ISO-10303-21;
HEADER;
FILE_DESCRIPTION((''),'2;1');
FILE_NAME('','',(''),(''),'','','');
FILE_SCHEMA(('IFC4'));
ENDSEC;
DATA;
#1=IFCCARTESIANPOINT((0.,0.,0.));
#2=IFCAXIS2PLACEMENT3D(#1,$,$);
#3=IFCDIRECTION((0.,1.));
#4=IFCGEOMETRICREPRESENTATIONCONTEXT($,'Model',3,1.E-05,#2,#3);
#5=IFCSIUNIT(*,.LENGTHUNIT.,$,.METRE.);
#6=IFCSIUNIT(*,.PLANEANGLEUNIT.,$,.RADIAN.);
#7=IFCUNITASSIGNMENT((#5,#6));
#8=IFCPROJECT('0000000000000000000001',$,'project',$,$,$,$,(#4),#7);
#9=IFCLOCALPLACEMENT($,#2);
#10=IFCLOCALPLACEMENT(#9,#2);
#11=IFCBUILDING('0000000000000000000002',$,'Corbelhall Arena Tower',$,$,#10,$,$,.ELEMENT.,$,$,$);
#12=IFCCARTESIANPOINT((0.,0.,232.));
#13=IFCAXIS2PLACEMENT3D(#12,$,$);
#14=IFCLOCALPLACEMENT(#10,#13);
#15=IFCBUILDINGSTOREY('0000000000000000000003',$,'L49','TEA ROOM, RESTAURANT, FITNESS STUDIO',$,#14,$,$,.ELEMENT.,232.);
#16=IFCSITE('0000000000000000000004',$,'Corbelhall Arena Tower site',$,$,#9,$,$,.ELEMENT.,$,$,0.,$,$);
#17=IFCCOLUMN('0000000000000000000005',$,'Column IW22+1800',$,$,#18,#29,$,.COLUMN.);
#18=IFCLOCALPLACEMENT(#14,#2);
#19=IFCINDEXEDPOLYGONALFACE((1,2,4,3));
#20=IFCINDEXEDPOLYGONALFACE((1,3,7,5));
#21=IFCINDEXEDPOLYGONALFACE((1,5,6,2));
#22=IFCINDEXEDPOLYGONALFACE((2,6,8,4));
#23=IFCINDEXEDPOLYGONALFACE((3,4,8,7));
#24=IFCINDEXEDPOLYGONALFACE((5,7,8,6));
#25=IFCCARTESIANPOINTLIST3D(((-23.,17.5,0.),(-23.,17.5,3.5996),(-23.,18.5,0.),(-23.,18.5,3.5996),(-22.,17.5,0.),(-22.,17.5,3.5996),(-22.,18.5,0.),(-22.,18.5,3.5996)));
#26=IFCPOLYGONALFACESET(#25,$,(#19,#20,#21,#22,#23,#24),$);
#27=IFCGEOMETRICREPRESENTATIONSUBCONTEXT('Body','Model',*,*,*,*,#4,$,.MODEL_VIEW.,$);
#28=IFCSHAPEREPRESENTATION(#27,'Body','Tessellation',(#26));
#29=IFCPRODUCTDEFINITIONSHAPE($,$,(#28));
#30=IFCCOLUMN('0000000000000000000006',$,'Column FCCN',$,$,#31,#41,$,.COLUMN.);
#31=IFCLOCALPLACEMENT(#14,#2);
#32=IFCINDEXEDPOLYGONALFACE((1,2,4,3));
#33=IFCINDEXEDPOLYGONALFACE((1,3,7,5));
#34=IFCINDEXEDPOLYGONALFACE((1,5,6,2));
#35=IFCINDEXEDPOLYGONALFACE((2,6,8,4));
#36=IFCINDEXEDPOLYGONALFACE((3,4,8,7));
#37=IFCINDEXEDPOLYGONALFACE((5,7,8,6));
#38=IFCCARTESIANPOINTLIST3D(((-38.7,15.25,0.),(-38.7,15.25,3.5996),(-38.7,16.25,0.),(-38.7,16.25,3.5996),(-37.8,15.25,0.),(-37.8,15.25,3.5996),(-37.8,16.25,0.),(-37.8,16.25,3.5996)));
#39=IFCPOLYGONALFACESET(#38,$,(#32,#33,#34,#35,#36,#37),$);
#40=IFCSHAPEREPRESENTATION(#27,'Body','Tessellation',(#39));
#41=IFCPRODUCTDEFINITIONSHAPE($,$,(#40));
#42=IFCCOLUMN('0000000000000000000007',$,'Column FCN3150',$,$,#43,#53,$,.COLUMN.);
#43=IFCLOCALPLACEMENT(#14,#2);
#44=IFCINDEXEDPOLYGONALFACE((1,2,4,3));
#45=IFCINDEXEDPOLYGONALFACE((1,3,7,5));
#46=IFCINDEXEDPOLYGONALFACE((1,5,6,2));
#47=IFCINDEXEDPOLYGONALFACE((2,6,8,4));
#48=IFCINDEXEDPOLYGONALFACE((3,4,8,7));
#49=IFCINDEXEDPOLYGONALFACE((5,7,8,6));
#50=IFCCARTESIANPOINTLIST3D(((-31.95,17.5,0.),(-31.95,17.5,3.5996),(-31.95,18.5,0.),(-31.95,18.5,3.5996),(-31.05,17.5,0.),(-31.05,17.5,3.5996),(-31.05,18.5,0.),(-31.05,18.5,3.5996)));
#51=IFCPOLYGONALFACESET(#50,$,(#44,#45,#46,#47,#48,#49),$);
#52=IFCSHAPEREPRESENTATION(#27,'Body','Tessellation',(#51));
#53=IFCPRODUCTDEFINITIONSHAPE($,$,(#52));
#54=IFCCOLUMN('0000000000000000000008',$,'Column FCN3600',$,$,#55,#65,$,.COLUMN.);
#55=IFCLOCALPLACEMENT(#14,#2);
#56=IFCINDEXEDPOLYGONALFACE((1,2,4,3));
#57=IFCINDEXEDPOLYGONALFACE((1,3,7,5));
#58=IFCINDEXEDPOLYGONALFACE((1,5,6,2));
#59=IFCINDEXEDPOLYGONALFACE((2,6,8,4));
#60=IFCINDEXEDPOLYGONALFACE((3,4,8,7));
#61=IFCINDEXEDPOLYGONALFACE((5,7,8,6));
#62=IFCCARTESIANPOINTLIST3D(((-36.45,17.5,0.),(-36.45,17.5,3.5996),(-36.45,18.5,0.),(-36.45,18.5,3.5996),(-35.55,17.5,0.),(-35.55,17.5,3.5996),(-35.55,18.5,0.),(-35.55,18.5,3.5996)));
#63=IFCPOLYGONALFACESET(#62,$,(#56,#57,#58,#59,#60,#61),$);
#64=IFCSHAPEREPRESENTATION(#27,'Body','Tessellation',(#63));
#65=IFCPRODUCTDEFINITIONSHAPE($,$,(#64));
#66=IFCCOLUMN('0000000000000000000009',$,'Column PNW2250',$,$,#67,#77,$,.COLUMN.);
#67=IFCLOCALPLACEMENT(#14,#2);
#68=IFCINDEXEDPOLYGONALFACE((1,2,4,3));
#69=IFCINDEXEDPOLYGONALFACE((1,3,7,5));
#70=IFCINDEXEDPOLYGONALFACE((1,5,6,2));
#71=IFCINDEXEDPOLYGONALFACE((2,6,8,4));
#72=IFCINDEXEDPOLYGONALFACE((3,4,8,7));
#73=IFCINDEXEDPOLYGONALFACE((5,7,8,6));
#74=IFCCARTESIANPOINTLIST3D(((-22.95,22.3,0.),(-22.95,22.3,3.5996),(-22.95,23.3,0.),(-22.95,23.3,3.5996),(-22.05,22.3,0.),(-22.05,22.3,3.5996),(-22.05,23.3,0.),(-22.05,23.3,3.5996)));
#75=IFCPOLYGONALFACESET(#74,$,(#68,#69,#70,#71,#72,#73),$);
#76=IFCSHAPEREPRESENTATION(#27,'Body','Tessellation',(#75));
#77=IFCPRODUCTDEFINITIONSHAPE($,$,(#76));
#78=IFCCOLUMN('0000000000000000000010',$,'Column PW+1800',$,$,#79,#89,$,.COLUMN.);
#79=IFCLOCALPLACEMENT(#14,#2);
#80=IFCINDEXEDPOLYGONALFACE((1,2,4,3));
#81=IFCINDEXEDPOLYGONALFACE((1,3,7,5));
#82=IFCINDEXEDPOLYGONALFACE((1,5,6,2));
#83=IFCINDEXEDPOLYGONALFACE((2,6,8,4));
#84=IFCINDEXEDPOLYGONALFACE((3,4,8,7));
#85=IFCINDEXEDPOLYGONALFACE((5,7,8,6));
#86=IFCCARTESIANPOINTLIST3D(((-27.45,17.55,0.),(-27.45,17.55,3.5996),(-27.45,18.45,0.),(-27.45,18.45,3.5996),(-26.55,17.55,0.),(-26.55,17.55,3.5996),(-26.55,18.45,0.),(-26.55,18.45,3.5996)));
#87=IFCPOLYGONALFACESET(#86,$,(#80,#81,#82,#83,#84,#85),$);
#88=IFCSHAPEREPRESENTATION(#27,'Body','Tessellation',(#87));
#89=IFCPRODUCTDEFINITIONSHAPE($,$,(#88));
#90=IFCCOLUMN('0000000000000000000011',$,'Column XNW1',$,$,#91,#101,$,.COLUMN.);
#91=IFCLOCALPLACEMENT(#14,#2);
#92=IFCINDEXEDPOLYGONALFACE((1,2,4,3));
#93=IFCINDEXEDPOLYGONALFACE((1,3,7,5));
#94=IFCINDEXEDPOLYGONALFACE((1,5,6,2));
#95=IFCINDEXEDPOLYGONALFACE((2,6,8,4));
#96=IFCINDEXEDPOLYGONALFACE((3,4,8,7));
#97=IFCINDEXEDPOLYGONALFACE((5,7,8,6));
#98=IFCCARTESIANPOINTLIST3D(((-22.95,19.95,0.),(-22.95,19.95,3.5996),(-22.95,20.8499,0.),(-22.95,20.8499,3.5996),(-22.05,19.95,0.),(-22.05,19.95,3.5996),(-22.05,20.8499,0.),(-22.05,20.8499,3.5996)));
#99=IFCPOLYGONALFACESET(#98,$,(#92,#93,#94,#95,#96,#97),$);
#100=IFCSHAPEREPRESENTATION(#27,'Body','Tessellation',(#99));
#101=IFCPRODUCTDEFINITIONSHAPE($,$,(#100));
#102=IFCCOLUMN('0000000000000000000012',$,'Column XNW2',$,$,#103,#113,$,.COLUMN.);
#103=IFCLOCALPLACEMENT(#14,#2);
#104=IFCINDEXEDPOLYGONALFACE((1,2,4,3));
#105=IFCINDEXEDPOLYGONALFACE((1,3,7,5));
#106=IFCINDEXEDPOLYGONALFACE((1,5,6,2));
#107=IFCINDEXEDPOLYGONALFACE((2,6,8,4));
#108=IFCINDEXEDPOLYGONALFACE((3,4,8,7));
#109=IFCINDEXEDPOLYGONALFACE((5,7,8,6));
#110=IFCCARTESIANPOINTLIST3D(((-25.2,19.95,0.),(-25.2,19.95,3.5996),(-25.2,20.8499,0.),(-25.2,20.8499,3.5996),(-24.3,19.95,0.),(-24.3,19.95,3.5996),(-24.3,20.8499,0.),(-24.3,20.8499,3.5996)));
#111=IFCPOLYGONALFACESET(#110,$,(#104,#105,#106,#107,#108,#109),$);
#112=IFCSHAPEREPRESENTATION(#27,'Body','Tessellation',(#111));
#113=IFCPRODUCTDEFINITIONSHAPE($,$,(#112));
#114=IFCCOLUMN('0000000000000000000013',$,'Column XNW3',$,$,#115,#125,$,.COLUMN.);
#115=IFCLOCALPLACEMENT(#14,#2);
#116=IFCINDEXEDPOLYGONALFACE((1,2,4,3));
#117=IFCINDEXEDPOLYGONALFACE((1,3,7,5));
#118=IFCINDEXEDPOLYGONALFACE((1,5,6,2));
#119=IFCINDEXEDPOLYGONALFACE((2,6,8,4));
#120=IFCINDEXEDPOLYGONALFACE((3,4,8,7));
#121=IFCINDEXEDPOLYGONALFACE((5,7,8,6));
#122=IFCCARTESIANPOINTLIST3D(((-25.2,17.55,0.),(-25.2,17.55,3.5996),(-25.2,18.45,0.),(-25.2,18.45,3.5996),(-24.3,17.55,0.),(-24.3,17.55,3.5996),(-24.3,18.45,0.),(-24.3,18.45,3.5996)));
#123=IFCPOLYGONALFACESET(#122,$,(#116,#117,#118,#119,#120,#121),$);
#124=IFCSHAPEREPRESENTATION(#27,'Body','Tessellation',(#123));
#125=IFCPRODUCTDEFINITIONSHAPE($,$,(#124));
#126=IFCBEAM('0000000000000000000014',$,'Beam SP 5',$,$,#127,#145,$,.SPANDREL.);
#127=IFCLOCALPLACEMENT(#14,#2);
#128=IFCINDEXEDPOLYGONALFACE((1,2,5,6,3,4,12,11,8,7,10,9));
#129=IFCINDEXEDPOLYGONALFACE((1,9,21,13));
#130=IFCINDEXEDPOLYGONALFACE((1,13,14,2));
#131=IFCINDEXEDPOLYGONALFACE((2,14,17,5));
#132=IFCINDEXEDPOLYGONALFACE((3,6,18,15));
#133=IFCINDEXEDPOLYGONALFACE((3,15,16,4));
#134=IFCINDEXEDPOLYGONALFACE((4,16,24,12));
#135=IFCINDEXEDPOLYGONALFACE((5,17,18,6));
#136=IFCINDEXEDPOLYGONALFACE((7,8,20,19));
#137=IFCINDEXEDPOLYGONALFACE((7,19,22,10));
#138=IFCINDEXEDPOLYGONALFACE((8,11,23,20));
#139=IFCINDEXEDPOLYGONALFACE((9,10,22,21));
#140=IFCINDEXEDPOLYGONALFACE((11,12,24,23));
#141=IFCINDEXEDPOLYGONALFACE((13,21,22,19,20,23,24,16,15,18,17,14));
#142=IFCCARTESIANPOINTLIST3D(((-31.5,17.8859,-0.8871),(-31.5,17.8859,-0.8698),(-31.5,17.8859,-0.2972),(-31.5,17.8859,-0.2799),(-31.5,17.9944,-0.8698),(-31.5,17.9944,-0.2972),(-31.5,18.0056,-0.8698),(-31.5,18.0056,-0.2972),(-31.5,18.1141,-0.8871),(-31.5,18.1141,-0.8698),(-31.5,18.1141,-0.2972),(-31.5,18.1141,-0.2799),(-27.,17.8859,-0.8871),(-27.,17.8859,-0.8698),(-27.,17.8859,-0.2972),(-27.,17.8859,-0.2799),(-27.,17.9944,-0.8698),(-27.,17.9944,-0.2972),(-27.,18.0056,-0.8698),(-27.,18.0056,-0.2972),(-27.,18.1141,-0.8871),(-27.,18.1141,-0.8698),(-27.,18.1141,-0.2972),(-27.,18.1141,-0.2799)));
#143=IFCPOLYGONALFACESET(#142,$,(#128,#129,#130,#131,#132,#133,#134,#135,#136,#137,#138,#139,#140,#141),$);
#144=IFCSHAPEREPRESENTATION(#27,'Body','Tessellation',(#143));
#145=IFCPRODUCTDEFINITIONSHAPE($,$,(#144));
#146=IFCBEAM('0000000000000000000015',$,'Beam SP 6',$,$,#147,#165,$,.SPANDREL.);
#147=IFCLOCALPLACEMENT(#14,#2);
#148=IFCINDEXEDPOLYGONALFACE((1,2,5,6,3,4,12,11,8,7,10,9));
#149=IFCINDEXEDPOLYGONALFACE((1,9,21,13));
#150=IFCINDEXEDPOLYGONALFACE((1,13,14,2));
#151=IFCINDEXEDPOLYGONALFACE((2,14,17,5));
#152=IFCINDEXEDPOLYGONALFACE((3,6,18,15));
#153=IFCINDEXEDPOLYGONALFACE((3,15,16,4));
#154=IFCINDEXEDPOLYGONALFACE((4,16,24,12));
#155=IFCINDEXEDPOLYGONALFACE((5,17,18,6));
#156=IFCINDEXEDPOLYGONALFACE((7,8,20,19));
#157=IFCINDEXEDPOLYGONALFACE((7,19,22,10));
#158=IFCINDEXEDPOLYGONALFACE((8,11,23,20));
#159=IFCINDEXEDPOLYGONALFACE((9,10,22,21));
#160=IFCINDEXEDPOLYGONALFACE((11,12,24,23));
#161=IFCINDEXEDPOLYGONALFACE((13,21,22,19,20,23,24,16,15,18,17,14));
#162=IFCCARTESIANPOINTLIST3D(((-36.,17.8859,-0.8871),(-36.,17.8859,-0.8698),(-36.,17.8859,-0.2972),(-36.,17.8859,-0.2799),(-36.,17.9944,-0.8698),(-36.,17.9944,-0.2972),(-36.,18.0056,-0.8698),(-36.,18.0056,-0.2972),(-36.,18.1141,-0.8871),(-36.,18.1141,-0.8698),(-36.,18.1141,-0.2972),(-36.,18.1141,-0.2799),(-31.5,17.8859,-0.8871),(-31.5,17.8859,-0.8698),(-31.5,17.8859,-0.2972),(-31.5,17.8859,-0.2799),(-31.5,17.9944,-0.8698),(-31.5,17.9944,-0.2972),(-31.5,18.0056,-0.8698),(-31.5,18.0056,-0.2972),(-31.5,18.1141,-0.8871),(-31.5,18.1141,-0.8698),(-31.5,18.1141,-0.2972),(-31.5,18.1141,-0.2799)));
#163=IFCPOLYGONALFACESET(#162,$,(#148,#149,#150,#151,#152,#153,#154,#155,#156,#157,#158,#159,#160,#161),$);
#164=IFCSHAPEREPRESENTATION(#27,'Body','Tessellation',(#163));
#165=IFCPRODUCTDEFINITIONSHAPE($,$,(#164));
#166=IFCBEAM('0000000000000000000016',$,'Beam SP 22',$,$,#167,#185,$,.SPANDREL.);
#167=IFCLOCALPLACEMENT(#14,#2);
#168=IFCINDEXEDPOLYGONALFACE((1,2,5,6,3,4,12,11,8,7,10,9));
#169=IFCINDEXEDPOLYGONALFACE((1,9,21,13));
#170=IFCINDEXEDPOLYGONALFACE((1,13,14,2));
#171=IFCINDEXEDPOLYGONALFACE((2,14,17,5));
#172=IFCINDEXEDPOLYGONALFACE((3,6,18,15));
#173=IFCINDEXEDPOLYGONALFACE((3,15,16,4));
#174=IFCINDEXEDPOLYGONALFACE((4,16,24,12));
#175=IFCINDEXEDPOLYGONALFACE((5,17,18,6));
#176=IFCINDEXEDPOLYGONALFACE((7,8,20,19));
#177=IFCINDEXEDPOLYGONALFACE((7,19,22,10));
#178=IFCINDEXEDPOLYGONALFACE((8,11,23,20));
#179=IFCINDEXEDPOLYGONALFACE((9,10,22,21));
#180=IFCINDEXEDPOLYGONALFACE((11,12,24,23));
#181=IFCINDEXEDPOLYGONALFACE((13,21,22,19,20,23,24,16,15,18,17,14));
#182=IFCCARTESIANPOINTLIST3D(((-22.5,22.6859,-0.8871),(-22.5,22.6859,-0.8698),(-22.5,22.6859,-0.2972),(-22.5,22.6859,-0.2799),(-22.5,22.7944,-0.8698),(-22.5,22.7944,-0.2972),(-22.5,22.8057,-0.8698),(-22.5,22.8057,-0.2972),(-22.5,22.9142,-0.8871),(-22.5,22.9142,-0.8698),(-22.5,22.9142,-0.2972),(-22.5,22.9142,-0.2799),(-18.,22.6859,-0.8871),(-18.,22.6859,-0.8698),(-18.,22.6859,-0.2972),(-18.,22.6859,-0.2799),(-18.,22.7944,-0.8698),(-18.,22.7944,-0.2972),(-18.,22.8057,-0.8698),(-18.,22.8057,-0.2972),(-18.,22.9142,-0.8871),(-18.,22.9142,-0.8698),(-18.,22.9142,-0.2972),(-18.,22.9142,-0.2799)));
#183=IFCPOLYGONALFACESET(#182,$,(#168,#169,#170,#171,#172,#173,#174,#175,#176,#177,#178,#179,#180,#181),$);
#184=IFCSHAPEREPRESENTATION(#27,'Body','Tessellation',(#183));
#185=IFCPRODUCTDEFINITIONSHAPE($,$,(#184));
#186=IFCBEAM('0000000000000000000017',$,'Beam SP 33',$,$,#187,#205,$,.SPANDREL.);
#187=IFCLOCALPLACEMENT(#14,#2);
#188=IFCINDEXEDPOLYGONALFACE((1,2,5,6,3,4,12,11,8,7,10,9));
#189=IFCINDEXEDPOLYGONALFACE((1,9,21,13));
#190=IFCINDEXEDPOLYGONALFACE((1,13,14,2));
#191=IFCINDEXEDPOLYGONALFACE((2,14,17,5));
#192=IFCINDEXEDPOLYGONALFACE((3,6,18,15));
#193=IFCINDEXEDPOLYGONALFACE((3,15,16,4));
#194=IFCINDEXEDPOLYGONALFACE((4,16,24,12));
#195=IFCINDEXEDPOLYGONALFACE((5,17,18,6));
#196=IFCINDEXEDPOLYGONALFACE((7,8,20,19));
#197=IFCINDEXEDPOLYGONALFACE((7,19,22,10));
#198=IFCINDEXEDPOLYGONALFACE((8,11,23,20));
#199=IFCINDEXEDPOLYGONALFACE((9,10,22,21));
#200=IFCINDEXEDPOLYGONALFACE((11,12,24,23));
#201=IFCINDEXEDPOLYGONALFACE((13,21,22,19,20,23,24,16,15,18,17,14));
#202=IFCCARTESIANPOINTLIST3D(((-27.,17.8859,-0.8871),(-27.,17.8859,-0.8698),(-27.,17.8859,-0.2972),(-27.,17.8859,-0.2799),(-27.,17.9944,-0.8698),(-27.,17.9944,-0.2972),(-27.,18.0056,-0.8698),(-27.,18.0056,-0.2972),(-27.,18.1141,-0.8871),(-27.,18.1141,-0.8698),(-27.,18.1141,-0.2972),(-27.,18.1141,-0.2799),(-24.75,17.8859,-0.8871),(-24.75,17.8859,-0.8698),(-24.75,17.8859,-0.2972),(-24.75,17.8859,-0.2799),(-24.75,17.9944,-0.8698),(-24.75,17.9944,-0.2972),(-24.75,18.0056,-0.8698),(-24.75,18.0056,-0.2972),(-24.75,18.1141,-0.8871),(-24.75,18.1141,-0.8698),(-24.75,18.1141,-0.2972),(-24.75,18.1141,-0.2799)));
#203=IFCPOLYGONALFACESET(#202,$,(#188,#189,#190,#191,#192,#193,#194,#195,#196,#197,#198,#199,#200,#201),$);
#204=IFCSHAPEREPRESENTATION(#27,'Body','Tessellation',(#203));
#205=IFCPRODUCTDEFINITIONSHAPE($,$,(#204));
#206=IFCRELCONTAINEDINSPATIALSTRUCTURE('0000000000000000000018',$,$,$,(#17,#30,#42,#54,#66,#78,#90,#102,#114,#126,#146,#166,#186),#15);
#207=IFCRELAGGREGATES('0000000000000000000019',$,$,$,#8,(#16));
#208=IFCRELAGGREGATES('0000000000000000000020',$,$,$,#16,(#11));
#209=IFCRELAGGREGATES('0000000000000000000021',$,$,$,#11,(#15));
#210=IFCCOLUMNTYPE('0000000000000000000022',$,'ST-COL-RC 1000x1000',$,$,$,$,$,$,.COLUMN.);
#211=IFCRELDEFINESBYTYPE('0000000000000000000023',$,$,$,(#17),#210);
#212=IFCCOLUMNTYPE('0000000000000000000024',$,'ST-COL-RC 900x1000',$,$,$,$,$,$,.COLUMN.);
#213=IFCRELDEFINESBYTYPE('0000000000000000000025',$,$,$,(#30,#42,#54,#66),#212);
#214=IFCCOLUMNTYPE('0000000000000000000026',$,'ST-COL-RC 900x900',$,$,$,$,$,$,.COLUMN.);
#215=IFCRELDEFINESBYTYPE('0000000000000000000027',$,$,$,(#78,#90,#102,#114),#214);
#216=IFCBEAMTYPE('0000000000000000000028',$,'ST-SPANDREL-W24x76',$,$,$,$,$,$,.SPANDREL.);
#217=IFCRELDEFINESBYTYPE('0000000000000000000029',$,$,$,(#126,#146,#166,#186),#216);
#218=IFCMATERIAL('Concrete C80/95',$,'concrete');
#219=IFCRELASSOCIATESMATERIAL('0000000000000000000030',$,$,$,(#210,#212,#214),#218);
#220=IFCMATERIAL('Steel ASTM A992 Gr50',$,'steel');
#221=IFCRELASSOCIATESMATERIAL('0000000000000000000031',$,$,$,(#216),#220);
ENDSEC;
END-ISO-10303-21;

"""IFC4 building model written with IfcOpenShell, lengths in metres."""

from ifc_helpers import new_model, si_unit, direction, frame, origin, origin_2d, place, context, subcontext, project, spatial, rectangle, i_section, extrude, material, material_profile, profile_set, type_object, element, save


model = new_model("IFC4")

# Units and contexts
model_context = context("Model", 3, precision=1e-05, world=origin(), true_north=direction((0.0, 1.0)))
body_context = subcontext(model_context, "Body", "Model", "MODEL_VIEW")
ifc_project = project(units=[si_unit("LENGTHUNIT", "METRE"), si_unit("PLANEANGLEUNIT", "RADIAN")], contexts=[model_context])

# Site, building, storey
site_placement = place(None, origin())
site = spatial("IfcSite", under=ifc_project, at=site_placement, Name="Corbelhall Arena Tower site", CompositionType="ELEMENT", RefElevation=0.0)
building_placement = place(site_placement, origin())
building = spatial("IfcBuilding", under=site, at=building_placement, Name="Corbelhall Arena Tower", CompositionType="ELEMENT")
storey_placement = place(building_placement, frame((0.0, 0.0, 232.0)))
storey = spatial("IfcBuildingStorey", under=building, at=storey_placement, Name="L49", Description="TEA ROOM, RESTAURANT, FITNESS STUDIO", CompositionType="ELEMENT", Elevation=232.0)

# Columns
ifc_material_1 = material(Name="Concrete C80/95", Category="concrete")
ifc_material_profile_1 = material_profile(ifc_material_1, rectangle(XDim=1.0, YDim=1.0, at=origin_2d()))
ifc_profile_set_1 = profile_set([ifc_material_profile_1], Name="Concrete C80/95")
column_type_1 = type_object("IfcColumnType", Name="ST-COL-RC 1000x1000", PredefinedType="COLUMN", material=ifc_profile_set_1)
column_placement = place(storey_placement, frame((-22.5, 18.0, 0.0), z_axis=(0.0, 0.0, 1.0), x_axis=(1.0, 0.0, 0.0)))
element("IfcColumn", 1, at=column_placement, inside=storey, type_object=column_type_1, Name="Column IW22+1800", PredefinedType="COLUMN", context=body_context, shape_type="SweptSolid", body=[
    extrude(rectangle(XDim=1.0, YDim=1.0, at=origin_2d()), origin(), (0.0, 0.0, 1.0), 3.5996),
])
ifc_material_profile_2 = material_profile(ifc_material_1, rectangle(XDim=0.8999, YDim=1.0, at=origin_2d()))
ifc_profile_set_2 = profile_set([ifc_material_profile_2], Name="Concrete C80/95")
column_type_2 = type_object("IfcColumnType", Name="ST-COL-RC 900x1000", PredefinedType="COLUMN", material=ifc_profile_set_2)
for number, where, z_axis, x_axis, name in (
    (2, (-38.25, 15.75, 0.0), (0.0, 0.0, 1.0), (1.0, 0.0, 0.0), "Column FCCN"),
    (3, (-31.5, 18.0, 0.0), (0.0, 0.0, 1.0), (1.0, 0.0, 0.0), "Column FCN3150"),
    (4, (-36.0, 18.0, 0.0), (0.0, 0.0, 1.0), (1.0, 0.0, 0.0), "Column FCN3600"),
    (5, (-22.5, 22.8, 0.0), (0.0, 0.0, 1.0), (1.0, 0.0, 0.0), "Column PNW2250"),
):
    element("IfcColumn", number, at=place(storey_placement, frame(where, z_axis=z_axis, x_axis=x_axis)), inside=storey, type_object=column_type_2, Name=name, PredefinedType="COLUMN", context=body_context, shape_type="SweptSolid", body=[
        extrude(rectangle(XDim=0.8999, YDim=1.0, at=origin_2d()), origin(), (0.0, 0.0, 1.0), 3.5996),
    ])
ifc_material_profile_3 = material_profile(ifc_material_1, rectangle(XDim=0.8999, YDim=0.8999, at=origin_2d()))
ifc_profile_set_3 = profile_set([ifc_material_profile_3], Name="Concrete C80/95")
column_type_3 = type_object("IfcColumnType", Name="ST-COL-RC 900x900", PredefinedType="COLUMN", material=ifc_profile_set_3)
for number, where, z_axis, x_axis, name in (
    (6, (-27.0, 18.0, 0.0), (0.0, 0.0, 1.0), (1.0, 0.0, 0.0), "Column PW+1800"),
    (7, (-22.5, 20.3999, 0.0), (0.0, 0.0, 1.0), (1.0, 0.0, 0.0), "Column XNW1"),
    (8, (-24.75, 20.3999, 0.0), (0.0, 0.0, 1.0), (1.0, 0.0, 0.0), "Column XNW2"),
    (9, (-24.75, 18.0, 0.0), (0.0, 0.0, 1.0), (1.0, 0.0, 0.0), "Column XNW3"),
):
    element("IfcColumn", number, at=place(storey_placement, frame(where, z_axis=z_axis, x_axis=x_axis)), inside=storey, type_object=column_type_3, Name=name, PredefinedType="COLUMN", context=body_context, shape_type="SweptSolid", body=[
        extrude(rectangle(XDim=0.8999, YDim=0.8999, at=origin_2d()), origin(), (0.0, 0.0, 1.0), 3.5996),
    ])

# Beams
ifc_material_2 = material(Name="Steel ASTM A992 Gr50", Category="steel")
ifc_material_profile_4 = material_profile(ifc_material_2, i_section(OverallWidth=0.2283, OverallDepth=0.6072, WebThickness=0.0112, FlangeThickness=0.0173, at=origin_2d()))
ifc_profile_set_4 = profile_set([ifc_material_profile_4], Name="Steel ASTM A992 Gr50")
beam_type = type_object("IfcBeamType", Name="ST-SPANDREL-W24x76", PredefinedType="SPANDREL", material=ifc_profile_set_4)
for number, where, z_axis, x_axis, name in (
    (10, (-31.5, 18.0, -0.5835), (1.0, 0.0, 0.0), (0.0, 1.0, 0.0), "Beam SP 5"),
    (11, (-36.0, 18.0, -0.5835), (1.0, 0.0, 0.0), (0.0, 1.0, 0.0), "Beam SP 6"),
    (12, (-22.5, 22.8, -0.5835), (1.0, 0.0, 0.0), (0.0, 1.0, 0.0), "Beam SP 22"),
):
    element("IfcBeam", number, at=place(storey_placement, frame(where, z_axis=z_axis, x_axis=x_axis)), inside=storey, type_object=beam_type, Name=name, PredefinedType="SPANDREL", context=body_context, shape_type="SweptSolid", body=[
        extrude(i_section(OverallWidth=0.2283, OverallDepth=0.6072, WebThickness=0.0112, FlangeThickness=0.0173, at=origin_2d()), origin(), (0.0, 0.0, 1.0), 4.5),
    ])
beam_1_placement = place(storey_placement, frame((-27.0, 18.0, -0.5835), z_axis=(1.0, 0.0, 0.0), x_axis=(0.0, 1.0, 0.0)))
element("IfcBeam", 13, at=beam_1_placement, inside=storey, type_object=beam_type, Name="Beam SP 33", PredefinedType="SPANDREL", context=body_context, shape_type="SweptSolid", body=[
    extrude(i_section(OverallWidth=0.2283, OverallDepth=0.6072, WebThickness=0.0112, FlangeThickness=0.0173, at=origin_2d()), origin(), (0.0, 0.0, 1.0), 2.25),
])

save(model, "model.ifc")
